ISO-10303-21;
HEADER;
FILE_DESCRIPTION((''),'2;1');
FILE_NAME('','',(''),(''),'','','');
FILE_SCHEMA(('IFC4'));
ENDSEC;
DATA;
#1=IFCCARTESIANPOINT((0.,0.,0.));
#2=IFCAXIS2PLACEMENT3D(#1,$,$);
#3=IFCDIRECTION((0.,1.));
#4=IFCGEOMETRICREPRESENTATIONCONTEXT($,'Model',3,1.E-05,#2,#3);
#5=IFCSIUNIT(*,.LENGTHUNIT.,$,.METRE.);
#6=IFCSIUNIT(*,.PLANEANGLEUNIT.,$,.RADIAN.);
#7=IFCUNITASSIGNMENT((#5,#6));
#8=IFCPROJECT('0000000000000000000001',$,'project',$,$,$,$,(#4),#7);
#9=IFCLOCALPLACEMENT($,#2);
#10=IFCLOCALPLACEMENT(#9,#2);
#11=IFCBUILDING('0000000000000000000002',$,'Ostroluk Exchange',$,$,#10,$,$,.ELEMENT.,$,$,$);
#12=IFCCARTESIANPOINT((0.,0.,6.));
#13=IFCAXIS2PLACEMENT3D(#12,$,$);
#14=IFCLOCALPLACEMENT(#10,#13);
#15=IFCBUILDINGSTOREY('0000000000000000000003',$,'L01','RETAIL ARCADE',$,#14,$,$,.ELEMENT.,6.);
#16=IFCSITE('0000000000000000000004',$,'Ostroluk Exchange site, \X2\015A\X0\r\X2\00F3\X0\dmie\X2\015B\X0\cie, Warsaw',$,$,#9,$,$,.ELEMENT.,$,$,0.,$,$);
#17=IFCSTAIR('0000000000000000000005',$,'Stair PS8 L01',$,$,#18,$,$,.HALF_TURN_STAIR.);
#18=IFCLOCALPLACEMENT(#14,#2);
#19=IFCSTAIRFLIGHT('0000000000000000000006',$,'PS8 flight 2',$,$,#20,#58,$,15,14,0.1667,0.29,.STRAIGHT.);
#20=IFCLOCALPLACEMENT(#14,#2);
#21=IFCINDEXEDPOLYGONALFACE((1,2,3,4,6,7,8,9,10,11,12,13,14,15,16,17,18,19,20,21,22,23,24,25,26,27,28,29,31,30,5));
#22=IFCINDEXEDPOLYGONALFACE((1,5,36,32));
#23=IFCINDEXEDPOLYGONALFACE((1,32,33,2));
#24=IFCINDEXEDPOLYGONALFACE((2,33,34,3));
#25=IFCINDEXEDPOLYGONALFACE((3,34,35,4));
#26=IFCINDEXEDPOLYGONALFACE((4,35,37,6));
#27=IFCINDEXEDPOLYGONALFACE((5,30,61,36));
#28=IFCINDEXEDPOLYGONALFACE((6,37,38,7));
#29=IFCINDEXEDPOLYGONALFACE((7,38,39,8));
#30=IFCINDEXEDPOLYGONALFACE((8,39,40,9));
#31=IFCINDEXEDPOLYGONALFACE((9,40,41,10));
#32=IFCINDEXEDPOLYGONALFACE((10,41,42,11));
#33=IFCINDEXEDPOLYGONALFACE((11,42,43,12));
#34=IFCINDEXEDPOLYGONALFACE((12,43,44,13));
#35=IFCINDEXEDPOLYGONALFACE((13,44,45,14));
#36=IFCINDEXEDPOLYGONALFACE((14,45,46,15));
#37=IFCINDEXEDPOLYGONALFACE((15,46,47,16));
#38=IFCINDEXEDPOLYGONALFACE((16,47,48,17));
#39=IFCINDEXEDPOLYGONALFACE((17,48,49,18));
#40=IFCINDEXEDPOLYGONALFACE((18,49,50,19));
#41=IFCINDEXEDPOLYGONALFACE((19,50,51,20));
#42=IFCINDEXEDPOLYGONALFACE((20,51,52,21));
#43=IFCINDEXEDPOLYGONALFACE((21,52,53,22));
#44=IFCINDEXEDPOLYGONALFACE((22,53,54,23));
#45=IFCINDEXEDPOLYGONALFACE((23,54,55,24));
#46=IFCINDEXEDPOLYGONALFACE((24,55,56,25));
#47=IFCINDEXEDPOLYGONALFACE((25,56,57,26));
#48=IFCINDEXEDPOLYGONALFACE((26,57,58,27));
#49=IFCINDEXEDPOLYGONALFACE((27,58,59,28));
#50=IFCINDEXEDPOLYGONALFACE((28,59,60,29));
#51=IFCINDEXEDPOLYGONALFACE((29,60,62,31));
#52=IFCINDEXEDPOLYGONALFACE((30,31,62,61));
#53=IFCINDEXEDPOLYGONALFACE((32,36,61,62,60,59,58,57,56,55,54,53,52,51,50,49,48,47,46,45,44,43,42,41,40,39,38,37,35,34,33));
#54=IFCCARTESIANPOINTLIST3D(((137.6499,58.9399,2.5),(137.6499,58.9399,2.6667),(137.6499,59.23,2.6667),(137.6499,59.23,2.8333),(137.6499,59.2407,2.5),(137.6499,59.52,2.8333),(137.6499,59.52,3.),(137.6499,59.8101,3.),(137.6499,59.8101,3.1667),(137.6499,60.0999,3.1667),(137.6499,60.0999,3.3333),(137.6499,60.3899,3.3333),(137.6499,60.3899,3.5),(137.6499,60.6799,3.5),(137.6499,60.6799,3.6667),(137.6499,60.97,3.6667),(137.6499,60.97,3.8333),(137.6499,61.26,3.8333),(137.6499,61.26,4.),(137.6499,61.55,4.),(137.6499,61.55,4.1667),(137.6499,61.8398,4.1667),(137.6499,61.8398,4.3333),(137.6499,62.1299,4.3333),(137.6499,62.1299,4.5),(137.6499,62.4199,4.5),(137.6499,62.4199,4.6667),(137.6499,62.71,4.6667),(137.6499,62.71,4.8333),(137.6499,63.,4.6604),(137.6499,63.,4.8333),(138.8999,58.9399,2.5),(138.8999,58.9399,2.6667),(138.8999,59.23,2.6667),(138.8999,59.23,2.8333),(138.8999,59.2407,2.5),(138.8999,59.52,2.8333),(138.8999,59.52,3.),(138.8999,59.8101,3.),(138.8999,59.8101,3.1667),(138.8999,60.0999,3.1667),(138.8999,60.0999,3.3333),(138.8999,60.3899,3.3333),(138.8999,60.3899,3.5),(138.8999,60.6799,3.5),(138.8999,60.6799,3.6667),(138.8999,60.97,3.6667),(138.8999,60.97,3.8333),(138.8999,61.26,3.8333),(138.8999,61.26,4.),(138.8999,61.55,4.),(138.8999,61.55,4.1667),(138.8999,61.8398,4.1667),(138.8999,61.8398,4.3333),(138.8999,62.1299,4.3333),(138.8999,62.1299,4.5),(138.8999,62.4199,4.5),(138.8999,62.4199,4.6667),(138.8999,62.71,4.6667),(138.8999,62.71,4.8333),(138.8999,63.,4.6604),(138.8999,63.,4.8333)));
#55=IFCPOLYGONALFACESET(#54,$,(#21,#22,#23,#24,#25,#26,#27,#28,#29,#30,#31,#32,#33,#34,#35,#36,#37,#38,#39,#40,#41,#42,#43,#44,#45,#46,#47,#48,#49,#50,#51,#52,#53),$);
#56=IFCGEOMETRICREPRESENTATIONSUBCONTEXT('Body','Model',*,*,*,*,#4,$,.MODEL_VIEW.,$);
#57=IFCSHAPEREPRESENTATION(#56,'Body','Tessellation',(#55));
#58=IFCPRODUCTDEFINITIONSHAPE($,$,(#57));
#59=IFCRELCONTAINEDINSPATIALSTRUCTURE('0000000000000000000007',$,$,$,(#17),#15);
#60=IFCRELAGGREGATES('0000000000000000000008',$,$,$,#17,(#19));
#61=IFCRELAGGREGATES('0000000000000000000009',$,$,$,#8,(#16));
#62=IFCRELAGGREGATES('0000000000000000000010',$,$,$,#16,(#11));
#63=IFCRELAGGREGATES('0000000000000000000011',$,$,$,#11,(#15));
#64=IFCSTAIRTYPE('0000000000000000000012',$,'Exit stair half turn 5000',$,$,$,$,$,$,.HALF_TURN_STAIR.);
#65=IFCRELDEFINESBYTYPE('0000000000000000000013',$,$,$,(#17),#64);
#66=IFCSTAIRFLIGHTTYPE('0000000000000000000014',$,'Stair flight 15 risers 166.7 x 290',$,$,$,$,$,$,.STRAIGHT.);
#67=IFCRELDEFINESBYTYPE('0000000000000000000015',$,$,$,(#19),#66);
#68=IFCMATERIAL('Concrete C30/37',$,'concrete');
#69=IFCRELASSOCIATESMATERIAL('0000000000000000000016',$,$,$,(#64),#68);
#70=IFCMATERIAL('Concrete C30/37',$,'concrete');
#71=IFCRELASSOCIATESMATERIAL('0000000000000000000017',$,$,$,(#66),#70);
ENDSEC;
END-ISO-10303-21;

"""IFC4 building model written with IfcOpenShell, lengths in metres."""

from ifc_helpers import new_model, si_unit, direction, frame, origin, place, context, subcontext, project, spatial, polyline, outline, extrude, material, type_object, element, aggregate, save


model = new_model("IFC4")

# Units and contexts
model_context = context("Model", 3, precision=1e-05, world=origin(), true_north=direction((0.0, 1.0)))
body_context = subcontext(model_context, "Body", "Model", "MODEL_VIEW")
ifc_project = project(units=[si_unit("LENGTHUNIT", "METRE"), si_unit("PLANEANGLEUNIT", "RADIAN")], contexts=[model_context])

# Site, building, storey
site_placement = place(None, origin())
site = spatial("IfcSite", under=ifc_project, at=site_placement, Name="Ostroluk Exchange site, Śródmieście, Warsaw", CompositionType="ELEMENT", RefElevation=0.0)
building_placement = place(site_placement, origin())
building = spatial("IfcBuilding", under=site, at=building_placement, Name="Ostroluk Exchange", CompositionType="ELEMENT")
storey_placement = place(building_placement, frame((0.0, 0.0, 6.0)))
storey = spatial("IfcBuildingStorey", under=building, at=storey_placement, Name="L01", Description="RETAIL ARCADE", CompositionType="ELEMENT", Elevation=6.0)

# Stair, stair flight
ifc_material_1 = material(Name="Concrete C30/37", Category="concrete")
stair_type = type_object("IfcStairType", Name="Exit stair half turn 5000", PredefinedType="HALF_TURN_STAIR", material=ifc_material_1)
stair_placement = place(storey_placement, origin())
stair = element("IfcStair", 1, at=stair_placement, inside=storey, type_object=stair_type, Name="Stair PS8 L01", PredefinedType="HALF_TURN_STAIR")
ifc_material_2 = material(Name="Concrete C30/37", Category="concrete")
stair_flight_type = type_object("IfcStairFlightType", Name="Stair flight 15 risers 166.7 x 290", PredefinedType="STRAIGHT", material=ifc_material_2)
stair_flight_placement = place(storey_placement, frame((138.2749, 58.9399, 2.5), z_axis=(0.0, 0.0, 1.0), x_axis=(0.0, 1.0, 0.0)))
stair_flight = element("IfcStairFlight", 2, at=stair_flight_placement, type_object=stair_flight_type, Name="PS8 flight 2", NumberOfRisers=15, NumberOfTreads=14, PredefinedType="STRAIGHT", RiserHeight=0.1667, TreadLength=0.29, context=body_context, shape_type="SweptSolid", body=[
    extrude(outline(polyline([(0.0, 0.0), (0.0, 0.1667), (0.29, 0.1667), (0.29, 0.3333), (0.5801, 0.3333), (0.5801, 0.5), (0.8701, 0.5), (0.8701, 0.6667), (1.1599, 0.6667), (1.1599, 0.8333), (1.45, 0.8333), (1.45, 1.0), (1.74, 1.0), (1.74, 1.1667), (2.03, 1.1667), (2.03, 1.3333), (2.3201, 1.3333), (2.3201, 1.5), (2.6101, 1.5), (2.6101, 1.6667), (2.8999, 1.6667), (2.8999, 1.8333), (3.1899, 1.8333), (3.1899, 2.0), (3.48, 2.0), (3.48, 2.1667), (3.77, 2.1667), (3.77, 2.3333), (4.0601, 2.3333), (4.0601, 2.5), (4.0601, 2.1604), (0.3008, 0.0), (0.0, 0.0)])), frame((0.0, 0.625, 0.0), z_axis=(0.0, -1.0, 0.0), x_axis=(1.0, 0.0, 0.0)), (0.0, 0.0, 1.0), 1.25),
])
aggregate(stair, [stair_flight])

save(model, "model.ifc")
